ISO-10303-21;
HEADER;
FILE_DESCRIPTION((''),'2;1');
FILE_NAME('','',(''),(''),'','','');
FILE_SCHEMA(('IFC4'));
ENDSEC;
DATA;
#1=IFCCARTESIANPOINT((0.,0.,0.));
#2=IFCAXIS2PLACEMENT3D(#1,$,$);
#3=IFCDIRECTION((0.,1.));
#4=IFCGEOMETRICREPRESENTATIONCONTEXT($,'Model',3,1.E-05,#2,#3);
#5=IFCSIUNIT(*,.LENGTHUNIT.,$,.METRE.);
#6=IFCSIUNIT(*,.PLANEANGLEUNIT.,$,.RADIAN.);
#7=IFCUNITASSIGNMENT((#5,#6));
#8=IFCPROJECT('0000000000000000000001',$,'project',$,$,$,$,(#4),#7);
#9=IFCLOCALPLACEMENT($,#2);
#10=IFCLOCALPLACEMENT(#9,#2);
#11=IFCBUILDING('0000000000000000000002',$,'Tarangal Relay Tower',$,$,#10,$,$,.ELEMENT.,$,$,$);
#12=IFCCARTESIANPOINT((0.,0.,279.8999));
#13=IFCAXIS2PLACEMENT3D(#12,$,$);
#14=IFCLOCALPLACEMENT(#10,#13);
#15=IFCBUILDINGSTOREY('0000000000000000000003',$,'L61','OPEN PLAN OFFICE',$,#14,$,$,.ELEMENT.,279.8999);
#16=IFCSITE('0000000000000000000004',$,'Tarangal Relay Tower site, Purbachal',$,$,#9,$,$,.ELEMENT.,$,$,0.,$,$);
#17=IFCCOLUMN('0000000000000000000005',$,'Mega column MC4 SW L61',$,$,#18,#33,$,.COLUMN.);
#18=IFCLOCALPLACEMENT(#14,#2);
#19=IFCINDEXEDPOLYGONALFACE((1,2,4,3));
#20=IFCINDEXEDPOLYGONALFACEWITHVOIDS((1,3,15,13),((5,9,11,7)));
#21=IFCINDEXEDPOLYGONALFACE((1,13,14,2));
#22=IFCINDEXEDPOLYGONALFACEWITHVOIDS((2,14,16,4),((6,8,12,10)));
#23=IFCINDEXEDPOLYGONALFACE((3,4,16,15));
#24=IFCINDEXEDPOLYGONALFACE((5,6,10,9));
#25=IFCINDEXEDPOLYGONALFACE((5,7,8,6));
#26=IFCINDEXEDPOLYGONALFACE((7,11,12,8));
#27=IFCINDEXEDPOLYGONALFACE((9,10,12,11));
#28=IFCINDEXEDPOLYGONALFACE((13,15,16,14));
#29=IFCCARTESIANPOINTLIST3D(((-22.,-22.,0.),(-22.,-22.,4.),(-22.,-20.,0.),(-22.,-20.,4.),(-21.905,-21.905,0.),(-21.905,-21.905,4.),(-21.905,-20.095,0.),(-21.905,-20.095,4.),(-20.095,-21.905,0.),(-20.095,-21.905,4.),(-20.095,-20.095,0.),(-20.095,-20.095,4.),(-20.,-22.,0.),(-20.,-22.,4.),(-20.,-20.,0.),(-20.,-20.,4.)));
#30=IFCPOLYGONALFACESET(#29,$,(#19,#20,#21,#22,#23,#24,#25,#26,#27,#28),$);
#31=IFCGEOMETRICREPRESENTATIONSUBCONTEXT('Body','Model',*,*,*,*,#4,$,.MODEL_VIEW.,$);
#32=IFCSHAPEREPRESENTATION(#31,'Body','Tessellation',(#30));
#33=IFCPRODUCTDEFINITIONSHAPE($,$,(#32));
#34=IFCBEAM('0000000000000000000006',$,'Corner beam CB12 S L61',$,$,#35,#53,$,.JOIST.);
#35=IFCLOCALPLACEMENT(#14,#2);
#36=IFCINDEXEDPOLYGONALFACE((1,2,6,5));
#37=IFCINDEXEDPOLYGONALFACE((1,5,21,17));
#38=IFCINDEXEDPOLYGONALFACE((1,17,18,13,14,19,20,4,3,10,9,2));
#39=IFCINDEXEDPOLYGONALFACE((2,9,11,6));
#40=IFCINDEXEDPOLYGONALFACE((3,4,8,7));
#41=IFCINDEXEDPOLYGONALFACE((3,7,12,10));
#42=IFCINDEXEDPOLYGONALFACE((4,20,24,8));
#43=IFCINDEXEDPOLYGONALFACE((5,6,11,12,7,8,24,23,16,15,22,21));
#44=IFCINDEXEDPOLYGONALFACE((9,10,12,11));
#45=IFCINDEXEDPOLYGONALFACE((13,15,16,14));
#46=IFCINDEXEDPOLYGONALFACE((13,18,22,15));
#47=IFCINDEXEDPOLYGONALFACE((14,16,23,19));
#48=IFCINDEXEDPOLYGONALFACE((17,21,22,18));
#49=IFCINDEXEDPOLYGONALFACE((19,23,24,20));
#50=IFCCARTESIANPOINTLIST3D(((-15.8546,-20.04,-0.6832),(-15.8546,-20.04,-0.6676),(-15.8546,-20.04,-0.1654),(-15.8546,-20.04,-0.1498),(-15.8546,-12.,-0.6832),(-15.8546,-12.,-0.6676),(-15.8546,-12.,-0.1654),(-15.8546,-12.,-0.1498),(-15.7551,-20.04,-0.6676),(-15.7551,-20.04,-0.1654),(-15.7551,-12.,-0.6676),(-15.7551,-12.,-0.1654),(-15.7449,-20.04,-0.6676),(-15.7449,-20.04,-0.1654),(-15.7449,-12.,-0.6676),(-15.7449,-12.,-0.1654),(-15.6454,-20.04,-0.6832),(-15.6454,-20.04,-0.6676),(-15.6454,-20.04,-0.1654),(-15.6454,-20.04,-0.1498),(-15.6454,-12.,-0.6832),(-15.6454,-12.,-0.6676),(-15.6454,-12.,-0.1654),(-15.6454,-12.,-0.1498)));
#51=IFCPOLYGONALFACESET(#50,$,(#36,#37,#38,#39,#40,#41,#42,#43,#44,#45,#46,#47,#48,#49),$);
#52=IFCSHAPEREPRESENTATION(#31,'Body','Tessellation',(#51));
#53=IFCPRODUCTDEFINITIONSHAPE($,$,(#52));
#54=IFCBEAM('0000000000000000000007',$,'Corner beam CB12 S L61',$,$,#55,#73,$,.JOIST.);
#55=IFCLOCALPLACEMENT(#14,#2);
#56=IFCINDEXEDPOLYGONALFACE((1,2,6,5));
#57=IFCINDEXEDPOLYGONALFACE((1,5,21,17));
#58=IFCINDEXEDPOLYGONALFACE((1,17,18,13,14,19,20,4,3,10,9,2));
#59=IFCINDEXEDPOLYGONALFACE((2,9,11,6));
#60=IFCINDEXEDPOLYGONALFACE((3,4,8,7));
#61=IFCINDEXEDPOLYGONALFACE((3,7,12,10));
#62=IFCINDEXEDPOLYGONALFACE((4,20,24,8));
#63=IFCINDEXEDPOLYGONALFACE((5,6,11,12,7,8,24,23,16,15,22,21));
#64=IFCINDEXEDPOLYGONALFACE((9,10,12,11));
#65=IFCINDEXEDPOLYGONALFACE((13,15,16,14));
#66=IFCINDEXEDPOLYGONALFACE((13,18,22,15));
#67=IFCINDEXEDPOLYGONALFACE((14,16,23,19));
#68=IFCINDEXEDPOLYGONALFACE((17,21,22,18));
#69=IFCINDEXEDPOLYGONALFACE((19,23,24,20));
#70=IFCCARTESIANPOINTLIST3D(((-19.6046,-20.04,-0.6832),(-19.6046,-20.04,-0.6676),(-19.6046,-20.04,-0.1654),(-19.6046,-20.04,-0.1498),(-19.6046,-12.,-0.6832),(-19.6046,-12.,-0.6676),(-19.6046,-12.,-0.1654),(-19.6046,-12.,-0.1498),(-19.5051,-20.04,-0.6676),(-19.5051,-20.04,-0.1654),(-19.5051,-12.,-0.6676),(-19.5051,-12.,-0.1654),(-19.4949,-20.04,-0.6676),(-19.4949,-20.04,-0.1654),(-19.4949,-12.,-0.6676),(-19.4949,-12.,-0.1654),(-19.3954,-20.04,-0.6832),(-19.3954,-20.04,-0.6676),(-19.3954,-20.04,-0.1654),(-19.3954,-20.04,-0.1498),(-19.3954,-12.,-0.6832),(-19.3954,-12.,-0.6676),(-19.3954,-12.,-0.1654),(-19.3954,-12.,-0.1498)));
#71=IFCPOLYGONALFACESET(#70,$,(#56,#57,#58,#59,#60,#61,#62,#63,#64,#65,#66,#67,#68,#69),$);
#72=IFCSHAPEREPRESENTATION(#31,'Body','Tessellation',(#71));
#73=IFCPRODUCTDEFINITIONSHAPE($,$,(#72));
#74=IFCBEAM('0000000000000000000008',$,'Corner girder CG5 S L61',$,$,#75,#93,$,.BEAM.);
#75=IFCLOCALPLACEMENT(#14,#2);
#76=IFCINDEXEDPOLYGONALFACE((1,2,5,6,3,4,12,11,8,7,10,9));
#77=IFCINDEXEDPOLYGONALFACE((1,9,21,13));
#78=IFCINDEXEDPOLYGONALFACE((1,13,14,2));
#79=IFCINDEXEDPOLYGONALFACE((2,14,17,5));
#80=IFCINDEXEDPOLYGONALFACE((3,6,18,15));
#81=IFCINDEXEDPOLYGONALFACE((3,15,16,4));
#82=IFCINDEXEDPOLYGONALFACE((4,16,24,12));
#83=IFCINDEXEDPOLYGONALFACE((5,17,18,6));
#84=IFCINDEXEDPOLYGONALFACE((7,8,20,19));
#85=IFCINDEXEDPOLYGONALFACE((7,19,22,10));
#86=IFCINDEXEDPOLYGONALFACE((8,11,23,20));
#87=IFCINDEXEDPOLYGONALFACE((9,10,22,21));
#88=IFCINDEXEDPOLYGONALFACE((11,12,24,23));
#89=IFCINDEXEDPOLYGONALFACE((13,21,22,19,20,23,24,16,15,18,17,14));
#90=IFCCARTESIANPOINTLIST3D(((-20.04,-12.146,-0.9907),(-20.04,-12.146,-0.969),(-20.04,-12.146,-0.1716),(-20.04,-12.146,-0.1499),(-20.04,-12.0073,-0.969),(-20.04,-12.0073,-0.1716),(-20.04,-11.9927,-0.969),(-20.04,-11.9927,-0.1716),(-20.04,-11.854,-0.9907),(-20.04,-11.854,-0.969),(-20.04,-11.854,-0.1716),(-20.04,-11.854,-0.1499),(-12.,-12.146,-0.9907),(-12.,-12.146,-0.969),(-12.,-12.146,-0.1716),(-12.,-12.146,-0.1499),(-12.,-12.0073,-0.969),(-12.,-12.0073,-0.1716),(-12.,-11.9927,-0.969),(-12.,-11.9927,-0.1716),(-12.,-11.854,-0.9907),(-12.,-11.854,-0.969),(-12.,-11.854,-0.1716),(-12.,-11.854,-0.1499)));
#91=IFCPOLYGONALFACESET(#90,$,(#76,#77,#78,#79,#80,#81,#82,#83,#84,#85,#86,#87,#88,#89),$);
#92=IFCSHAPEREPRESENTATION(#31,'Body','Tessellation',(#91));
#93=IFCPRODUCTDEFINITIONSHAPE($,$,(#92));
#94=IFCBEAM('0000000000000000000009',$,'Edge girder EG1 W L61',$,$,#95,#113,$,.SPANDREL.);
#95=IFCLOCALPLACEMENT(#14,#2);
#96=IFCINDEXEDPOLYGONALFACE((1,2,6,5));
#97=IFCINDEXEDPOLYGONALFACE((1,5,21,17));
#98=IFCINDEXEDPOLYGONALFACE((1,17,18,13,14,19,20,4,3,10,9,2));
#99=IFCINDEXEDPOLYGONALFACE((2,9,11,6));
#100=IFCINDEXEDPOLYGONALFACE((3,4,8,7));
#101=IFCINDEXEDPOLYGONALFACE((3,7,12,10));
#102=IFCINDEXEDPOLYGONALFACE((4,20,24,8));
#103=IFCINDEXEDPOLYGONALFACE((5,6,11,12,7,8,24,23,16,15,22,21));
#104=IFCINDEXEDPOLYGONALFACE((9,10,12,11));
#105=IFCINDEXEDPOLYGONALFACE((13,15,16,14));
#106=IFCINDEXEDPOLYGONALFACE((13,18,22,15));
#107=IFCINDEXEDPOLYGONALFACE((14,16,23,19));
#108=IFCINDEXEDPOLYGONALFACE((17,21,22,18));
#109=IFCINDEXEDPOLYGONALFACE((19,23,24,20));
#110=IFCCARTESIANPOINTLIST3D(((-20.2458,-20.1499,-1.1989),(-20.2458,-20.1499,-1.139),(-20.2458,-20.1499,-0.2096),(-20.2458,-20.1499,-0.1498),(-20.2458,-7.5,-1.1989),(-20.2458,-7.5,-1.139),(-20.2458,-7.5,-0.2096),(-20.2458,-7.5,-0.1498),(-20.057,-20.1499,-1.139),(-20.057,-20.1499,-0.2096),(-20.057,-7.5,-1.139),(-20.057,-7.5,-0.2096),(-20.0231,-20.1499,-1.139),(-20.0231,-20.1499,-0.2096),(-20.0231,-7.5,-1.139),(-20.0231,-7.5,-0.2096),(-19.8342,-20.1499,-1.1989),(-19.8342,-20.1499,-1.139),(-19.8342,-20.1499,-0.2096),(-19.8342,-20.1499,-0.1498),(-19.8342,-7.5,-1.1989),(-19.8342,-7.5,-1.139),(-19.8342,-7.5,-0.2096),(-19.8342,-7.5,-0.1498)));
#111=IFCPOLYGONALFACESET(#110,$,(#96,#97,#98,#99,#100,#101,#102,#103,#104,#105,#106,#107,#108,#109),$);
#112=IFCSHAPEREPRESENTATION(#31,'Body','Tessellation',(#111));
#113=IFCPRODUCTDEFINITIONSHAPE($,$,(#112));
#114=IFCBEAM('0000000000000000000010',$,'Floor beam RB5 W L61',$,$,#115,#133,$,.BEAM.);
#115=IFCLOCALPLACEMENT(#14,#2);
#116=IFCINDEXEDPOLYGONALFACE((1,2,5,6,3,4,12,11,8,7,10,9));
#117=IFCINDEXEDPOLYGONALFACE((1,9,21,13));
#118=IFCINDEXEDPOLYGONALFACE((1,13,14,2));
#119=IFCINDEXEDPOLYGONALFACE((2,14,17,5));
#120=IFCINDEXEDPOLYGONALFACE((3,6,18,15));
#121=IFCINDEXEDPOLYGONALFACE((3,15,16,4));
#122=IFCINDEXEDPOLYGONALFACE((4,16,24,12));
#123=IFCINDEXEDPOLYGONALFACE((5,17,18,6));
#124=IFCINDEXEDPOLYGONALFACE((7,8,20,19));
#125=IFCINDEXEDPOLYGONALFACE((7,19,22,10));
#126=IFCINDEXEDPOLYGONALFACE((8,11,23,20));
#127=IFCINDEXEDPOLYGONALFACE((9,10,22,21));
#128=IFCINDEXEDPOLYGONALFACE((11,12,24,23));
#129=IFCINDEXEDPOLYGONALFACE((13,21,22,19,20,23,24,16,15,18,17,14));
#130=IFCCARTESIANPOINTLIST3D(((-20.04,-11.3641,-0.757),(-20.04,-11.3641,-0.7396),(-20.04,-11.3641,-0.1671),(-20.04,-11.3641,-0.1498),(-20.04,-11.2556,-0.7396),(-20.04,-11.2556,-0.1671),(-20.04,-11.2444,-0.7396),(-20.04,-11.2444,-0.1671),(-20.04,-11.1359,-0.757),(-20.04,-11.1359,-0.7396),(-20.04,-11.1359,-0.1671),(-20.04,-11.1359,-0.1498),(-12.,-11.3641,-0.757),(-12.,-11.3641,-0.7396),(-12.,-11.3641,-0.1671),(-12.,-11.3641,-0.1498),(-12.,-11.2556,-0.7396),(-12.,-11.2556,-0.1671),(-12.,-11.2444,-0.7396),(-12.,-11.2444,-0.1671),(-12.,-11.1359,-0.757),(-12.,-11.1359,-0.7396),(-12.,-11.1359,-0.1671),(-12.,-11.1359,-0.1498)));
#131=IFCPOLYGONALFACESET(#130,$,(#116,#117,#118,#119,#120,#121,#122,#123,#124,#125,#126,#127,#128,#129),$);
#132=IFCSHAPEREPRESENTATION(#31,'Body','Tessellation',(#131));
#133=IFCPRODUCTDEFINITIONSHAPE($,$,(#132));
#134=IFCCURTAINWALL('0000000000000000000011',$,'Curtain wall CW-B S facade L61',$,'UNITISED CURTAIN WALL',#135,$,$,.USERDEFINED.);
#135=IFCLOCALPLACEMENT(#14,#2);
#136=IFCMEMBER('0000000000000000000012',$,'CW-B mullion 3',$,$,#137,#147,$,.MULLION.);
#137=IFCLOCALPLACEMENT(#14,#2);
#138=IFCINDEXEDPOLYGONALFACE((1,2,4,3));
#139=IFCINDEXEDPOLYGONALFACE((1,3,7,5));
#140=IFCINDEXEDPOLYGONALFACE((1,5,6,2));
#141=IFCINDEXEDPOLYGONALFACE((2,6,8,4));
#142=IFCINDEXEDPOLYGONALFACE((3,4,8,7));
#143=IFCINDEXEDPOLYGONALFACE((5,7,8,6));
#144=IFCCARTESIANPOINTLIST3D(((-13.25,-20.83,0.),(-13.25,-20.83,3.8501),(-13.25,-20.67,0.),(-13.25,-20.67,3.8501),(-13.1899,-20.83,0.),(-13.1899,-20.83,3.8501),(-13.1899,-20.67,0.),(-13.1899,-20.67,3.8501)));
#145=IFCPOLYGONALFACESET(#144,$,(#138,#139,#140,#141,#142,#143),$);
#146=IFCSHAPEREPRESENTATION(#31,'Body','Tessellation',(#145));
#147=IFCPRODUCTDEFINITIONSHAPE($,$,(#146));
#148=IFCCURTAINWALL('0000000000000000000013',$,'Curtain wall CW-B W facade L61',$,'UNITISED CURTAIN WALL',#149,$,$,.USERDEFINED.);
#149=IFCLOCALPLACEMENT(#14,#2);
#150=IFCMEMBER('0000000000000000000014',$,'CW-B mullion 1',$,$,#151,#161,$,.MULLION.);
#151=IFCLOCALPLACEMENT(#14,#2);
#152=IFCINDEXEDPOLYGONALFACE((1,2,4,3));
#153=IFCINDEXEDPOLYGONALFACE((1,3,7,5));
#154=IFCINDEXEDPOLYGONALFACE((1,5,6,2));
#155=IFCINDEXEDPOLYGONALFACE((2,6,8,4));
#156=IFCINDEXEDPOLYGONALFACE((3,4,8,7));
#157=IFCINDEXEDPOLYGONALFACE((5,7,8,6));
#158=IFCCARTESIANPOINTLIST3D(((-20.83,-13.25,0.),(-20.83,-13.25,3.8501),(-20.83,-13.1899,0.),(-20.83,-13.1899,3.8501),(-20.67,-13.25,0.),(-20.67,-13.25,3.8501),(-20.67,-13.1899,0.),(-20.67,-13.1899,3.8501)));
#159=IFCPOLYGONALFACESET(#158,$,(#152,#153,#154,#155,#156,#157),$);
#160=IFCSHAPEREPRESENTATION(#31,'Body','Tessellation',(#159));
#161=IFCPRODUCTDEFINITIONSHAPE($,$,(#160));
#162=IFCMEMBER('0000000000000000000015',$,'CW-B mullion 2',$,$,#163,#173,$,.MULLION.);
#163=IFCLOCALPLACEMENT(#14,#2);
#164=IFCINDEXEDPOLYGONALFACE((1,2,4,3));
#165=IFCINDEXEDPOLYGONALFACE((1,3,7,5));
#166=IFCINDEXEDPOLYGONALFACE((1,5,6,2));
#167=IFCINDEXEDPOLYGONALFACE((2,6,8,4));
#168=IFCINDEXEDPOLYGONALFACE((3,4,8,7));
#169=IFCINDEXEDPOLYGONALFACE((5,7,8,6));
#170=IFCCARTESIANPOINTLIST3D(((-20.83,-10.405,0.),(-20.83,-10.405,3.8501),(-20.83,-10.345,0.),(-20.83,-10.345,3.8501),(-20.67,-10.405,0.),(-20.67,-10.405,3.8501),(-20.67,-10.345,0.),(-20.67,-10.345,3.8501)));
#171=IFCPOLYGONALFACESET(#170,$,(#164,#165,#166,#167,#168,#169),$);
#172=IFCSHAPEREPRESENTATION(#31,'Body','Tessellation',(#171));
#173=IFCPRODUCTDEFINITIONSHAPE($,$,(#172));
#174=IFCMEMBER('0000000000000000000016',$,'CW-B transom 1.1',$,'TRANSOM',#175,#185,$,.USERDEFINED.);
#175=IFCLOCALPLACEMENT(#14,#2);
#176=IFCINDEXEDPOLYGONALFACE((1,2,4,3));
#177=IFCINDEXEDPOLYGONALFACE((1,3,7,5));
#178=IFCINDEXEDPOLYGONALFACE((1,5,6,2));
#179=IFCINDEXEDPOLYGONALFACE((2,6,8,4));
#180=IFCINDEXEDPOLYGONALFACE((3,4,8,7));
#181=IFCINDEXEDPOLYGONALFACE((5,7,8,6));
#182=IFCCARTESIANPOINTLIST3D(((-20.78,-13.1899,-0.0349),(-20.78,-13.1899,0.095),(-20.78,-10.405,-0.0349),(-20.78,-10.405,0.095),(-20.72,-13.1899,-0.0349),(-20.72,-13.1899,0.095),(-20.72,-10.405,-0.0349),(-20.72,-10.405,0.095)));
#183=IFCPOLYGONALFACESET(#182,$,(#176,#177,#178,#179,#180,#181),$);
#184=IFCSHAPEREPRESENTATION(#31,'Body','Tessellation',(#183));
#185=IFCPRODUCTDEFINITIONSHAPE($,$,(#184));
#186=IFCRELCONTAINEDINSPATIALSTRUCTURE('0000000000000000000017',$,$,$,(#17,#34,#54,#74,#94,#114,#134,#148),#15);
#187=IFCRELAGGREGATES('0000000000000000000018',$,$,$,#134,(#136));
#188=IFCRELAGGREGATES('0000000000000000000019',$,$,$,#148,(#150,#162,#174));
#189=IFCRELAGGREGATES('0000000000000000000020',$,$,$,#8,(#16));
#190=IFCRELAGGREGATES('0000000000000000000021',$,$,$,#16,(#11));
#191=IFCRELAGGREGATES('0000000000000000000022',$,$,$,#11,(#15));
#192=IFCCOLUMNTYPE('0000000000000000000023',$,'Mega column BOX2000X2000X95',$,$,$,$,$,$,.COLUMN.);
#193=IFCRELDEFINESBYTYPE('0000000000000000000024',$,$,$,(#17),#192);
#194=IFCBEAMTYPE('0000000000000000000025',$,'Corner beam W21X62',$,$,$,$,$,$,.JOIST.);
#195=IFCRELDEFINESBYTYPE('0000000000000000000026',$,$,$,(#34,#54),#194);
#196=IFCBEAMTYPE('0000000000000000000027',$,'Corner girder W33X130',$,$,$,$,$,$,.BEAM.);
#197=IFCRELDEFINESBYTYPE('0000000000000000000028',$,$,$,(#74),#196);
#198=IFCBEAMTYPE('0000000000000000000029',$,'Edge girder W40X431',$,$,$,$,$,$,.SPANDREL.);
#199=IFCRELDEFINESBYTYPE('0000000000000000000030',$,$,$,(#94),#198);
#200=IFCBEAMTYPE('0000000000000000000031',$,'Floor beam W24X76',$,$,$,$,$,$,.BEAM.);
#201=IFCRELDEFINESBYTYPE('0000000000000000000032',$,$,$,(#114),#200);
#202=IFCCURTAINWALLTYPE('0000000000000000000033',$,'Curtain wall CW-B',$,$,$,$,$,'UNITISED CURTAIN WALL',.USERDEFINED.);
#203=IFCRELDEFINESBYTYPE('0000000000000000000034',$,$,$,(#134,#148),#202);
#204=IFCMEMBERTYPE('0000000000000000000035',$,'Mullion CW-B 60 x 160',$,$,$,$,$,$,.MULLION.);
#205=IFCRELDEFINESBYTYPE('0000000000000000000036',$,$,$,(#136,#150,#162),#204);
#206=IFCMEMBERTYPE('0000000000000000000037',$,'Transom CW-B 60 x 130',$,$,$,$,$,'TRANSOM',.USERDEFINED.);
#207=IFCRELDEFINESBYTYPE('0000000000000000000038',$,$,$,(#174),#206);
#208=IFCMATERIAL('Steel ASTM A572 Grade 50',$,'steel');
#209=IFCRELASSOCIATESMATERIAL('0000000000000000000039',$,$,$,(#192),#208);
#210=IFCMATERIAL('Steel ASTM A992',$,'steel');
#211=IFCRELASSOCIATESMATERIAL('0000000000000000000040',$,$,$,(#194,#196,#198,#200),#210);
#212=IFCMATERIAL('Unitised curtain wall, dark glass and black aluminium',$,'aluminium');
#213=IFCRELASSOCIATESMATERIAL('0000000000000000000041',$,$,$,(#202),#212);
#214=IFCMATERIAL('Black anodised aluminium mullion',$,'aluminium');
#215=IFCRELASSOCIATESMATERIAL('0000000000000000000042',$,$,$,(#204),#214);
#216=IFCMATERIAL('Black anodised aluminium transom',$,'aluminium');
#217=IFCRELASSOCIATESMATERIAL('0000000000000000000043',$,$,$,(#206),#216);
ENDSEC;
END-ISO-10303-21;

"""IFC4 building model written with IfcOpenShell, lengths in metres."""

from ifc_helpers import new_model, si_unit, direction, frame, origin, origin_2d, place, context, subcontext, project, spatial, rectangle, hollow_rectangle, i_section, extrude, material, material_profile, profile_set, type_object, element, aggregate, save


model = new_model("IFC4")

# Units and contexts
model_context = context("Model", 3, precision=1e-05, world=origin(), true_north=direction((0.0, 1.0)))
body_context = subcontext(model_context, "Body", "Model", "MODEL_VIEW")
ifc_project = project(units=[si_unit("LENGTHUNIT", "METRE"), si_unit("PLANEANGLEUNIT", "RADIAN")], contexts=[model_context])

# Site, building, storey
site_placement = place(None, origin())
site = spatial("IfcSite", under=ifc_project, at=site_placement, Name="Tarangal Relay Tower site, Purbachal", CompositionType="ELEMENT", RefElevation=0.0)
building_placement = place(site_placement, origin())
building = spatial("IfcBuilding", under=site, at=building_placement, Name="Tarangal Relay Tower", CompositionType="ELEMENT")
storey_placement = place(building_placement, frame((0.0, 0.0, 279.8999)))
storey = spatial("IfcBuildingStorey", under=building, at=storey_placement, Name="L61", Description="OPEN PLAN OFFICE", CompositionType="ELEMENT", Elevation=279.8999)

# Column
ifc_material_1 = material(Name="Steel ASTM A572 Grade 50", Category="steel")
ifc_material_profile_1 = material_profile(ifc_material_1, hollow_rectangle(XDim=2.0, YDim=2.0, WallThickness=0.095, at=origin_2d()), Name="BOX2000X2000X95")
ifc_profile_set_1 = profile_set([ifc_material_profile_1], Name="Steel ASTM A572 Grade 50")
column_type = type_object("IfcColumnType", Name="Mega column BOX2000X2000X95", PredefinedType="COLUMN", material=ifc_profile_set_1)
column_placement = place(storey_placement, frame((-21.0, -21.0, 0.0), z_axis=(0.0, 0.0, 1.0), x_axis=(1.0, 0.0, 0.0)))
element("IfcColumn", 1, at=column_placement, inside=storey, type_object=column_type, Name="Mega column MC4 SW L61", PredefinedType="COLUMN", context=body_context, shape_type="SweptSolid", body=[
    extrude(hollow_rectangle(XDim=2.0, YDim=2.0, WallThickness=0.095, at=origin_2d()), origin(), (0.0, 0.0, 1.0), 4.0),
])

# Beams
ifc_material_2 = material(Name="Steel ASTM A992", Category="steel")
ifc_material_profile_2 = material_profile(ifc_material_2, i_section(OverallWidth=0.2092, OverallDepth=0.5334, WebThickness=0.0103, FlangeThickness=0.0156, at=origin_2d()), Name="W21X62")
ifc_profile_set_2 = profile_set([ifc_material_profile_2], Name="Steel ASTM A992")
beam_type_1 = type_object("IfcBeamType", Name="Corner beam W21X62", PredefinedType="JOIST", material=ifc_profile_set_2)
for number, where, z_axis, x_axis, name in (
    (2, (-15.75, -12.0, -0.4165), (0.0, -1.0, 0.0), (1.0, 0.0, 0.0), "Corner beam CB12 S L61"),
    (3, (-19.5, -12.0, -0.4165), (0.0, -1.0, 0.0), (1.0, 0.0, 0.0), "Corner beam CB12 S L61"),
):
    element("IfcBeam", number, at=place(storey_placement, frame(where, z_axis=z_axis, x_axis=x_axis)), inside=storey, type_object=beam_type_1, Name=name, PredefinedType="JOIST", context=body_context, shape_type="SweptSolid", body=[
        extrude(i_section(OverallWidth=0.2092, OverallDepth=0.5334, WebThickness=0.0103, FlangeThickness=0.0156, at=origin_2d()), origin(), (0.0, 0.0, 1.0), 8.04),
    ])
ifc_material_profile_3 = material_profile(ifc_material_2, i_section(OverallWidth=0.292, OverallDepth=0.8408, WebThickness=0.0146, FlangeThickness=0.0217, at=origin_2d()), Name="W33X130")
ifc_profile_set_3 = profile_set([ifc_material_profile_3], Name="Steel ASTM A992")
beam_type_2 = type_object("IfcBeamType", Name="Corner girder W33X130", PredefinedType="BEAM", material=ifc_profile_set_3)
beam_1_placement = place(storey_placement, frame((-12.0, -12.0, -0.5703), z_axis=(-1.0, 0.0, 0.0), x_axis=(0.0, -1.0, 0.0)))
element("IfcBeam", 4, at=beam_1_placement, inside=storey, type_object=beam_type_2, Name="Corner girder CG5 S L61", PredefinedType="BEAM", context=body_context, shape_type="SweptSolid", body=[
    extrude(i_section(OverallWidth=0.292, OverallDepth=0.8408, WebThickness=0.0146, FlangeThickness=0.0217, at=origin_2d()), origin(), (0.0, 0.0, 1.0), 8.04),
])
ifc_material_profile_4 = material_profile(ifc_material_2, i_section(OverallWidth=0.4116, OverallDepth=1.0491, WebThickness=0.0339, FlangeThickness=0.0598, at=origin_2d()), Name="W40X431")
ifc_profile_set_4 = profile_set([ifc_material_profile_4], Name="Steel ASTM A992")
beam_type_3 = type_object("IfcBeamType", Name="Edge girder W40X431", PredefinedType="SPANDREL", material=ifc_profile_set_4)
beam_2_placement = place(storey_placement, frame((-20.04, -20.1499, -0.6743), z_axis=(0.0, 1.0, 0.0), x_axis=(-1.0, 0.0, 0.0)))
element("IfcBeam", 5, at=beam_2_placement, inside=storey, type_object=beam_type_3, Name="Edge girder EG1 W L61", PredefinedType="SPANDREL", context=body_context, shape_type="SweptSolid", body=[
    extrude(i_section(OverallWidth=0.4116, OverallDepth=1.0491, WebThickness=0.0339, FlangeThickness=0.0598, at=origin_2d()), origin(), (0.0, 0.0, 1.0), 12.6499),
])
ifc_material_profile_5 = material_profile(ifc_material_2, i_section(OverallWidth=0.2283, OverallDepth=0.6072, WebThickness=0.0112, FlangeThickness=0.0173, at=origin_2d()), Name="W24X76")
ifc_profile_set_5 = profile_set([ifc_material_profile_5], Name="Steel ASTM A992")
beam_type_4 = type_object("IfcBeamType", Name="Floor beam W24X76", PredefinedType="BEAM", material=ifc_profile_set_5)
beam_3_placement = place(storey_placement, frame((-12.0, -11.25, -0.4534), z_axis=(-1.0, 0.0, 0.0), x_axis=(0.0, -1.0, 0.0)))
element("IfcBeam", 6, at=beam_3_placement, inside=storey, type_object=beam_type_4, Name="Floor beam RB5 W L61", PredefinedType="BEAM", context=body_context, shape_type="SweptSolid", body=[
    extrude(i_section(OverallWidth=0.2283, OverallDepth=0.6072, WebThickness=0.0112, FlangeThickness=0.0173, at=origin_2d()), origin(), (0.0, 0.0, 1.0), 8.04),
])

# Curtain wall, member
ifc_material_3 = material(Name="Unitised curtain wall, dark glass and black aluminium", Category="aluminium")
curtain_wall_type = type_object("IfcCurtainWallType", Name="Curtain wall CW-B", ElementType="UNITISED CURTAIN WALL", PredefinedType="USERDEFINED", material=ifc_material_3)
curtain_wall_1_placement = place(storey_placement, origin())
curtain_wall_1 = element("IfcCurtainWall", 7, at=curtain_wall_1_placement, inside=storey, type_object=curtain_wall_type, Name="Curtain wall CW-B S facade L61", ObjectType="UNITISED CURTAIN WALL", PredefinedType="USERDEFINED")
ifc_material_4 = material(Name="Black anodised aluminium mullion", Category="aluminium")
ifc_material_profile_6 = material_profile(ifc_material_4, rectangle(XDim=0.1599, YDim=0.0601, at=origin_2d()), Name="CW-BM 60X160")
ifc_profile_set_6 = profile_set([ifc_material_profile_6], Name="Black anodised aluminium mullion")
member_type_1 = type_object("IfcMemberType", Name="Mullion CW-B 60 x 160", PredefinedType="MULLION", material=ifc_profile_set_6)
member_1_placement = place(storey_placement, frame((-13.22, -20.75, 0.0), z_axis=(0.0, 0.0, 1.0), x_axis=(0.0, -1.0, 0.0)))
member_1 = element("IfcMember", 8, at=member_1_placement, type_object=member_type_1, Name="CW-B mullion 3", PredefinedType="MULLION", context=body_context, shape_type="SweptSolid", body=[
    extrude(rectangle(XDim=0.1599, YDim=0.0601, at=origin_2d()), origin(), (0.0, 0.0, 1.0), 3.8501),
])
aggregate(curtain_wall_1, [member_1])

# Curtain wall, members
curtain_wall_2_placement = place(storey_placement, origin())
curtain_wall_2 = element("IfcCurtainWall", 9, at=curtain_wall_2_placement, inside=storey, type_object=curtain_wall_type, Name="Curtain wall CW-B W facade L61", ObjectType="UNITISED CURTAIN WALL", PredefinedType="USERDEFINED")
member_2_placement = place(storey_placement, frame((-20.75, -13.22, 0.0), z_axis=(0.0, 0.0, 1.0), x_axis=(-1.0, 0.0, 0.0)))
member_2 = element("IfcMember", 10, at=member_2_placement, type_object=member_type_1, Name="CW-B mullion 1", PredefinedType="MULLION", context=body_context, shape_type="SweptSolid", body=[
    extrude(rectangle(XDim=0.1599, YDim=0.0601, at=origin_2d()), origin(), (0.0, 0.0, 1.0), 3.8501),
])
member_3_placement = place(storey_placement, frame((-20.75, -10.375, 0.0), z_axis=(0.0, 0.0, 1.0), x_axis=(-1.0, 0.0, 0.0)))
member_3 = element("IfcMember", 11, at=member_3_placement, type_object=member_type_1, Name="CW-B mullion 2", PredefinedType="MULLION", context=body_context, shape_type="SweptSolid", body=[
    extrude(rectangle(XDim=0.1599, YDim=0.0601, at=origin_2d()), origin(), (0.0, 0.0, 1.0), 3.8501),
])
ifc_material_5 = material(Name="Black anodised aluminium transom", Category="aluminium")
ifc_material_profile_7 = material_profile(ifc_material_5, rectangle(XDim=0.0601, YDim=0.1299, at=origin_2d()), Name="CW-BT 60X130")
ifc_profile_set_7 = profile_set([ifc_material_profile_7], Name="Black anodised aluminium transom")
member_type_2 = type_object("IfcMemberType", Name="Transom CW-B 60 x 130", ElementType="TRANSOM", PredefinedType="USERDEFINED", material=ifc_profile_set_7)
member_4_placement = place(storey_placement, frame((-20.75, -13.1899, 0.03), z_axis=(0.0, 1.0, 0.0), x_axis=(-1.0, 0.0, 0.0)))
member_4 = element("IfcMember", 12, at=member_4_placement, type_object=member_type_2, Name="CW-B transom 1.1", ObjectType="TRANSOM", PredefinedType="USERDEFINED", context=body_context, shape_type="SweptSolid", body=[
    extrude(rectangle(XDim=0.0601, YDim=0.1299, at=origin_2d()), origin(), (0.0, 0.0, 1.0), 2.7849),
])
aggregate(curtain_wall_2, [member_2, member_3, member_4])

save(model, "model.ifc")
